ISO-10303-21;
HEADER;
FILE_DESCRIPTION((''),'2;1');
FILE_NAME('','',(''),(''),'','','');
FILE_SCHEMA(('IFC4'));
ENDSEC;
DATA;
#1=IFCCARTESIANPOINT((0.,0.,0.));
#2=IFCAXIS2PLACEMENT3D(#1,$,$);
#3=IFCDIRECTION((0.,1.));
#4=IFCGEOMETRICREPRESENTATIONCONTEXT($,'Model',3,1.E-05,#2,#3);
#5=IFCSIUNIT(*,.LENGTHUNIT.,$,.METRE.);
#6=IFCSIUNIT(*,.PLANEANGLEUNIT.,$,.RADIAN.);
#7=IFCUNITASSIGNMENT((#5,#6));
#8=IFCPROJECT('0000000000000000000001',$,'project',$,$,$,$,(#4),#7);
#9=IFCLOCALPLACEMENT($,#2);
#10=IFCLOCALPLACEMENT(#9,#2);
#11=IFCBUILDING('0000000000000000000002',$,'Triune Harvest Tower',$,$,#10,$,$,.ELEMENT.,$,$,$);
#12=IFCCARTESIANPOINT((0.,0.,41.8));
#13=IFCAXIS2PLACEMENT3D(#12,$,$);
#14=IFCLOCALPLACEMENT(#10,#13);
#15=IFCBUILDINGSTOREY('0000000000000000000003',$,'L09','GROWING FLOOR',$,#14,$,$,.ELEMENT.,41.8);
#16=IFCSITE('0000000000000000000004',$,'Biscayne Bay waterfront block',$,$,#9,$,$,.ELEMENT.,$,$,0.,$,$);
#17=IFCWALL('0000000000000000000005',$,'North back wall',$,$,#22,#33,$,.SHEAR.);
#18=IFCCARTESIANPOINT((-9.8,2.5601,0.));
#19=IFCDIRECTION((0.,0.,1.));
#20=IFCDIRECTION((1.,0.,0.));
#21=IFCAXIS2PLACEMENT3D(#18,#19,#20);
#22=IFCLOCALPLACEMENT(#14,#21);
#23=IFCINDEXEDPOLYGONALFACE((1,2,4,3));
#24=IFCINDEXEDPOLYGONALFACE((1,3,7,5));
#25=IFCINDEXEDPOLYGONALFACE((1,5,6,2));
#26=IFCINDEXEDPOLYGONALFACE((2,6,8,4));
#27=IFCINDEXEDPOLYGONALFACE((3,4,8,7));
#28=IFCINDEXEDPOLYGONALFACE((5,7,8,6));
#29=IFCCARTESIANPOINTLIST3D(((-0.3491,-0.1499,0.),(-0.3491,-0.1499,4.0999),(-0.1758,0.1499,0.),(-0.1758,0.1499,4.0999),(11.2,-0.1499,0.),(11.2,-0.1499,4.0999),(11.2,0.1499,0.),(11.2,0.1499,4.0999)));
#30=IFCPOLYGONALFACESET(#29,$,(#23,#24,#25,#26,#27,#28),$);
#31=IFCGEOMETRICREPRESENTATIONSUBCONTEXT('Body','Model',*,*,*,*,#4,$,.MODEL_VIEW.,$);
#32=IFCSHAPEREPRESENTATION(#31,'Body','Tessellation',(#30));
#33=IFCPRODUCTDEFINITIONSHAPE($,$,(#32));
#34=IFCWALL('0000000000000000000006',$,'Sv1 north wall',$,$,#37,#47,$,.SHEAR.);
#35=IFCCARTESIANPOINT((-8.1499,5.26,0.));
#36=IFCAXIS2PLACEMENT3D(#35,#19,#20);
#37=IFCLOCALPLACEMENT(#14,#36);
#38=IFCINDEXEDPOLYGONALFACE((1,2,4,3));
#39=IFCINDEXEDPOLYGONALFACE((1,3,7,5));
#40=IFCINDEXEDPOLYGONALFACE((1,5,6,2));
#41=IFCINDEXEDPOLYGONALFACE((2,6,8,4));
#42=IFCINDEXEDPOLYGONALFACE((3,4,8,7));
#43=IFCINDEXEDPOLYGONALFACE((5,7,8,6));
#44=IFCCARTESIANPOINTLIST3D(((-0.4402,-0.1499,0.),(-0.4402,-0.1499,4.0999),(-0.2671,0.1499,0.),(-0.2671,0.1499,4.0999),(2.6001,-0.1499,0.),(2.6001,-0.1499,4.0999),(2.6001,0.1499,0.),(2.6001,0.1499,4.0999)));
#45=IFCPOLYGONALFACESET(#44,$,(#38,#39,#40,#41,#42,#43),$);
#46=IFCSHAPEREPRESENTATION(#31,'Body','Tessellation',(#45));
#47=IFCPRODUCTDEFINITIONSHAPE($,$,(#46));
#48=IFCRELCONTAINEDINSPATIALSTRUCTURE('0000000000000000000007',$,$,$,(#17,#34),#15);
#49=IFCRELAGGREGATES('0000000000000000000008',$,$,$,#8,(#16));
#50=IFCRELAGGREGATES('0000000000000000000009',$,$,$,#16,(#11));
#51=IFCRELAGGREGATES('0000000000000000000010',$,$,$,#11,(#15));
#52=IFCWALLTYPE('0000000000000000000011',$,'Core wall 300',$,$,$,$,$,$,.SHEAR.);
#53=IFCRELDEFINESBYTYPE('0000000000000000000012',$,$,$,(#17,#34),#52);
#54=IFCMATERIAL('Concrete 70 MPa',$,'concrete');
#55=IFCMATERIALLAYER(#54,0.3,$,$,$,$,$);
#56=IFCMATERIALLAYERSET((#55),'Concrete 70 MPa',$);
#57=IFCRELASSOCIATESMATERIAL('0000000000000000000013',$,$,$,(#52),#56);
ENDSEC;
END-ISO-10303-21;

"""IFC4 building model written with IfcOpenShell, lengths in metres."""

from ifc_helpers import new_model, si_unit, direction, frame, origin, place, context, subcontext, project, spatial, polyline, outline, extrude, source, transform, mapped, material, layer, layer_set, type_object, element, save


model = new_model("IFC4")

# Units and contexts
model_context = context("Model", 3, precision=1e-05, world=origin(), true_north=direction((0.0, 1.0)))
body_context = subcontext(model_context, "Body", "Model", "MODEL_VIEW")
ifc_project = project(units=[si_unit("LENGTHUNIT", "METRE"), si_unit("PLANEANGLEUNIT", "RADIAN")], contexts=[model_context])

# Site, building, storey
site_placement = place(None, origin())
site = spatial("IfcSite", under=ifc_project, at=site_placement, Name="Biscayne Bay waterfront block", CompositionType="ELEMENT", RefElevation=0.0)
building_placement = place(site_placement, origin())
building = spatial("IfcBuilding", under=site, at=building_placement, Name="Triune Harvest Tower", CompositionType="ELEMENT")
storey_placement = place(building_placement, frame((0.0, 0.0, 41.8)))
storey = spatial("IfcBuildingStorey", under=building, at=storey_placement, Name="L09", Description="GROWING FLOOR", CompositionType="ELEMENT", Elevation=41.8)

# Shared definitions
ifc_material_1 = material(Name="Concrete 70 MPa", Category="concrete")
ifc_layer_1 = layer(ifc_material_1, 0.3)
ifc_layer_set_1 = layer_set([ifc_layer_1], Name="Concrete 70 MPa")
wall_type = type_object("IfcWallType", Name="Core wall 300", PredefinedType="SHEAR", material=ifc_layer_set_1)

# Wall
shared_shape_1 = source(origin(), body_context, "Body", "SweptSolid", [
    extrude(outline(polyline([(11.2, -0.1499), (-0.3491, -0.1499), (-0.1758, 0.1499), (11.2, 0.1499), (11.2, -0.1499)])), origin(), (0.0, 0.0, 1.0), 4.0999),
])
wall_1_placement = place(storey_placement, frame((-9.8, 2.5601, 0.0), z_axis=(0.0, 0.0, 1.0), x_axis=(1.0, 0.0, 0.0)))
element("IfcWall", 1, at=wall_1_placement, inside=storey, type_object=wall_type, Name="North back wall", PredefinedType="SHEAR", context=body_context, shape_type="MappedRepresentation", body=[
    mapped(shared_shape_1, transform((0.0, 0.0, 0.0), scale=1.0)),
])

# Wall
shared_shape_2 = source(origin(), body_context, "Body", "SweptSolid", [
    extrude(outline(polyline([(2.6001, -0.1499), (-0.4402, -0.1499), (-0.2671, 0.1499), (2.6001, 0.1499), (2.6001, -0.1499)])), origin(), (0.0, 0.0, 1.0), 4.0999),
])
wall_2_placement = place(storey_placement, frame((-8.1499, 5.26, 0.0), z_axis=(0.0, 0.0, 1.0), x_axis=(1.0, 0.0, 0.0)))
element("IfcWall", 2, at=wall_2_placement, inside=storey, type_object=wall_type, Name="Sv1 north wall", PredefinedType="SHEAR", context=body_context, shape_type="MappedRepresentation", body=[
    mapped(shared_shape_2, transform((0.0, 0.0, 0.0), scale=1.0)),
])

save(model, "model.ifc")
